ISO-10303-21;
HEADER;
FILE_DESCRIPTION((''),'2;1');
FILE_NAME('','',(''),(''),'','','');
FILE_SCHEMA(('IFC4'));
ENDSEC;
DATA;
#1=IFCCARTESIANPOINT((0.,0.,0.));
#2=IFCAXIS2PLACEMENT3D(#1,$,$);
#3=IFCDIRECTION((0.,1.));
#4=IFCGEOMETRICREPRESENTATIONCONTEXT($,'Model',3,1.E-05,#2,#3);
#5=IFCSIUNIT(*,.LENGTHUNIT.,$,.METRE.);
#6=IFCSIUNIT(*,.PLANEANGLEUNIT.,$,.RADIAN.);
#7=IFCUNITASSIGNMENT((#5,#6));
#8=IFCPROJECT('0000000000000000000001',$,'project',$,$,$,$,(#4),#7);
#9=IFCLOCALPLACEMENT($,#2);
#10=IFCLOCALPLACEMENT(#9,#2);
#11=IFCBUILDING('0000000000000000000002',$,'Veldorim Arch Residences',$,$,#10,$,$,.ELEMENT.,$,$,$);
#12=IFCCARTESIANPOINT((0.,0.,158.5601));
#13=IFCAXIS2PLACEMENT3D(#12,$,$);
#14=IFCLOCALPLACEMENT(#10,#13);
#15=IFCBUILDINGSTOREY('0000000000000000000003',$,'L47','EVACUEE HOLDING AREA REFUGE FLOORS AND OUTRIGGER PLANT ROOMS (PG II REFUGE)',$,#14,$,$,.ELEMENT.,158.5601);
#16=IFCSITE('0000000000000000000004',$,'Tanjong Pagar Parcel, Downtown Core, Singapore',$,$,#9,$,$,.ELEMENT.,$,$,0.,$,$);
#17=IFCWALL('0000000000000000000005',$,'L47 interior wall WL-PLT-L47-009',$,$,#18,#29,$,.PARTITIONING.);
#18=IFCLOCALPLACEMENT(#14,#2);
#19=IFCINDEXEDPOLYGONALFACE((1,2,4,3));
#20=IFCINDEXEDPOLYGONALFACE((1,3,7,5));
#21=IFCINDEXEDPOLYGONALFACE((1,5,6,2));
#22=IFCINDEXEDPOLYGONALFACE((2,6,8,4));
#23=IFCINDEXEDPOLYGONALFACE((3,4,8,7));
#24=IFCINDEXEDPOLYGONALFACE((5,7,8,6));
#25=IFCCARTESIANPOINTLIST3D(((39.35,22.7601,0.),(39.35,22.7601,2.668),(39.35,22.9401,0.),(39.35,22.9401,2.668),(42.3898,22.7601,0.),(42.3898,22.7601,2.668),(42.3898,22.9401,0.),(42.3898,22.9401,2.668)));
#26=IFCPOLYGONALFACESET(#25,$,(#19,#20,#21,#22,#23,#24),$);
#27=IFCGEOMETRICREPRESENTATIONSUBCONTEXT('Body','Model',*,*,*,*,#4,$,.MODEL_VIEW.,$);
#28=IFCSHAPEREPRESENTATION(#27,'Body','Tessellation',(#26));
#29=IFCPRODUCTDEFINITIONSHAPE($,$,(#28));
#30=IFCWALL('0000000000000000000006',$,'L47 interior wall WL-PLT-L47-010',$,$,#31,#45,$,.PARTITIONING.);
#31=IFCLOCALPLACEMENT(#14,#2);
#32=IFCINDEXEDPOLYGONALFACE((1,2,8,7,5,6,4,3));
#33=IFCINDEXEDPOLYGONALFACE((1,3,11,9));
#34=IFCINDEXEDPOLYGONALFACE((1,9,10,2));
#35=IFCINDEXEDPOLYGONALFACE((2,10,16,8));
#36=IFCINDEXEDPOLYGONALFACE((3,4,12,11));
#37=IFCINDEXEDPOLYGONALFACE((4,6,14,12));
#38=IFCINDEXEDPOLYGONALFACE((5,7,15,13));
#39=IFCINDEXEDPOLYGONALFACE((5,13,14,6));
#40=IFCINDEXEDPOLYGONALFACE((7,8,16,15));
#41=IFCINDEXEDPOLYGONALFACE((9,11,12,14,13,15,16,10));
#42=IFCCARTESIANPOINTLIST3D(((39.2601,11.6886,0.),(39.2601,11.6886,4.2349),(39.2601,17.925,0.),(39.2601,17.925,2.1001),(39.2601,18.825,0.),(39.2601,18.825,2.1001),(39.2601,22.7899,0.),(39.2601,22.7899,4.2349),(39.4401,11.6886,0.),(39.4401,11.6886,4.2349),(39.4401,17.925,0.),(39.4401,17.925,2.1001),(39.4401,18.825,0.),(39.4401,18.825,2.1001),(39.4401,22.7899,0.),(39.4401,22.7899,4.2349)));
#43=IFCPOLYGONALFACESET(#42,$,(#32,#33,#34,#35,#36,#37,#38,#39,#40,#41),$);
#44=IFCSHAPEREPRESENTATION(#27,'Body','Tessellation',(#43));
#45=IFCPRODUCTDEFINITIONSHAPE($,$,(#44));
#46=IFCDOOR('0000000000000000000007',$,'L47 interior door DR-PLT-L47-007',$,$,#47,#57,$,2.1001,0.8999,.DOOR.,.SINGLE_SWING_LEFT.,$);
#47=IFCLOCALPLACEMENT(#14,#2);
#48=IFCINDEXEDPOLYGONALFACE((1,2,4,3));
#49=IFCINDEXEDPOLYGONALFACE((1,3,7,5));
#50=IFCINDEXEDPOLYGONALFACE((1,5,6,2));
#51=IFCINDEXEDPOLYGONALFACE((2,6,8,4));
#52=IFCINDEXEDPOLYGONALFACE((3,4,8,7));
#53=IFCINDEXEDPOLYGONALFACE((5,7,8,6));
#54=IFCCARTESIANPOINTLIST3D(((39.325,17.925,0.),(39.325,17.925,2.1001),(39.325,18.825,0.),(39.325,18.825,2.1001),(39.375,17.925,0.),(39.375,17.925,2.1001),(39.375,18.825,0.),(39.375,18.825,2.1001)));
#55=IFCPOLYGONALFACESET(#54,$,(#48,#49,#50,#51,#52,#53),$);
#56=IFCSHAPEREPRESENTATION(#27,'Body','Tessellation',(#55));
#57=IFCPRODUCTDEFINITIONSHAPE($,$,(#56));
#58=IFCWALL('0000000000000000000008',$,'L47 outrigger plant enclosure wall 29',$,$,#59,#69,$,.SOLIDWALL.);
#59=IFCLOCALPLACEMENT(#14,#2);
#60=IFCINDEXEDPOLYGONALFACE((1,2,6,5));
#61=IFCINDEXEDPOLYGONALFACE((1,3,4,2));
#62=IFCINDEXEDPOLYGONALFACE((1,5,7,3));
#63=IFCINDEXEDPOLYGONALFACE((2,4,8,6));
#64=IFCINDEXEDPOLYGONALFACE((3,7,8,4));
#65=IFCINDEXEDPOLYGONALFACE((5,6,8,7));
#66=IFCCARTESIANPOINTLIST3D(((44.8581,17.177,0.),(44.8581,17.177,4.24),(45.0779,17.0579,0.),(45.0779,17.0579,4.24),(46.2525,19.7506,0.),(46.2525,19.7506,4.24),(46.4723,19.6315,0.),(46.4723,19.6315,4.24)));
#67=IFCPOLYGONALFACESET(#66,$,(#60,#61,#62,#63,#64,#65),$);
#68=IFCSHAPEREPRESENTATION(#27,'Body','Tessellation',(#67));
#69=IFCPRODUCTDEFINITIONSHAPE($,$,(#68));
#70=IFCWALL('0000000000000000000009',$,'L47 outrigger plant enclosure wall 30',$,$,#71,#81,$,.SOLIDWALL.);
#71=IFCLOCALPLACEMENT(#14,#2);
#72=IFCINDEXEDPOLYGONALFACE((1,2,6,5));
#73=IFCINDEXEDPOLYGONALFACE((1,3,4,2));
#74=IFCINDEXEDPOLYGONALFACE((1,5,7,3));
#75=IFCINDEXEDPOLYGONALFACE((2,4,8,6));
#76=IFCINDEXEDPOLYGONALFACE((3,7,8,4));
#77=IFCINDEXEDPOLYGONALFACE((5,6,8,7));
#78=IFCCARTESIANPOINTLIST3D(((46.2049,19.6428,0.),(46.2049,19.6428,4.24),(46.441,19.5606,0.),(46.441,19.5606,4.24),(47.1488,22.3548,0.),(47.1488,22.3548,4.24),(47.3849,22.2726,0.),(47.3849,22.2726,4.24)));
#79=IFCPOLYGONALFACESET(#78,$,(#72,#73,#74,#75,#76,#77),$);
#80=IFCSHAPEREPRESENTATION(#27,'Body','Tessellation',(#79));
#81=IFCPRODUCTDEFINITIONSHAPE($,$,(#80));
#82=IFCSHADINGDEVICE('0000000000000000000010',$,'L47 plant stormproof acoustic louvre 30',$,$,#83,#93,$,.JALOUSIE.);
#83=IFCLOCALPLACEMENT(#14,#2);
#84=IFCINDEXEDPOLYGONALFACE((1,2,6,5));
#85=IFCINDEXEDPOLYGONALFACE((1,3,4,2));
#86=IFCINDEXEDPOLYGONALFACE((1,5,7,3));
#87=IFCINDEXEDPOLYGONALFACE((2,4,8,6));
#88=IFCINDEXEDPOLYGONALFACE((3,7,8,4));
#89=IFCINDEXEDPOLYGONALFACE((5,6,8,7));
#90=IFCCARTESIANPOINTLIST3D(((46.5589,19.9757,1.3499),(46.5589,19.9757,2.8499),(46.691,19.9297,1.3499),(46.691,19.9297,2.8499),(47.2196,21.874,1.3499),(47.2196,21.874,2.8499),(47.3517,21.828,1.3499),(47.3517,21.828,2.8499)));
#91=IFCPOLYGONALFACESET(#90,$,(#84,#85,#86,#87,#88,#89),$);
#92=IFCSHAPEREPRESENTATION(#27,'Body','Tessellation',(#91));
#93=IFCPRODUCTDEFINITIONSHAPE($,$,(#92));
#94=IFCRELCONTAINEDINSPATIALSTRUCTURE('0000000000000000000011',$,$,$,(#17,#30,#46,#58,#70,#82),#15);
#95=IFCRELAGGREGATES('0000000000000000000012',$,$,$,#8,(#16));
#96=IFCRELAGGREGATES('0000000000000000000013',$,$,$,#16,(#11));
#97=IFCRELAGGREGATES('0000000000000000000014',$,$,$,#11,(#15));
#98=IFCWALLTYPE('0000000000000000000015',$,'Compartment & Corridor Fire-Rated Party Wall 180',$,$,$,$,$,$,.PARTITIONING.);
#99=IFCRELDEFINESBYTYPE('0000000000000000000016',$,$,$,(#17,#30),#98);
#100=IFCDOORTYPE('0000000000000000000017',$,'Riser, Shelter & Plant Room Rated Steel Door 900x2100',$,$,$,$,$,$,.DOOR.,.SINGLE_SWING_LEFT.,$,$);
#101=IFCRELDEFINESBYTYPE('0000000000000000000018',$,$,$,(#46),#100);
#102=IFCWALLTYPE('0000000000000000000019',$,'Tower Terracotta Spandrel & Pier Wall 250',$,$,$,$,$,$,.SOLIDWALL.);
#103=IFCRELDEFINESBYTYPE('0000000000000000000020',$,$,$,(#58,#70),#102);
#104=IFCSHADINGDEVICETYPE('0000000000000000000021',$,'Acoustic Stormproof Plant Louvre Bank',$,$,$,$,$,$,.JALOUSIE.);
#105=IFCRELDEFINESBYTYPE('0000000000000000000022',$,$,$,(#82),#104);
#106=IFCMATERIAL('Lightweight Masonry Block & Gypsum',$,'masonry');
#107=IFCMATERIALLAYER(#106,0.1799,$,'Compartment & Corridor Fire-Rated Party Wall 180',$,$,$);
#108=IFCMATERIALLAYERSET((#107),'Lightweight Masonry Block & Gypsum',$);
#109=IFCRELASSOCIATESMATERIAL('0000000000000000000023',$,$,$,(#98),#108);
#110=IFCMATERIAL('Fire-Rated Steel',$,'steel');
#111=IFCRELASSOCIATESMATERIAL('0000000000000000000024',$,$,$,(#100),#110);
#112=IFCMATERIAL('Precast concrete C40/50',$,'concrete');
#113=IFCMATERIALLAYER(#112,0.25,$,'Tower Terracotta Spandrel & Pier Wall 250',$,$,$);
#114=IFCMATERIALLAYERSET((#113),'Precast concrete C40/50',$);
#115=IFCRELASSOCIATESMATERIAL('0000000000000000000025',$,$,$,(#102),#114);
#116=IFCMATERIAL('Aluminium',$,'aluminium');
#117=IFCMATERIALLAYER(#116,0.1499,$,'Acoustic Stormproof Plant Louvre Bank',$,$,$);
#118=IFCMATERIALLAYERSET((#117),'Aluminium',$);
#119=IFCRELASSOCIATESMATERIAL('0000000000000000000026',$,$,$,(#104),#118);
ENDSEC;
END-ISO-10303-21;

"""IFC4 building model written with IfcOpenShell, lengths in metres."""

from ifc_helpers import new_model, si_unit, direction, frame, frame_2d, origin, origin_2d, place, context, subcontext, project, spatial, rectangle, extrude, material, layer, layer_set, type_object, element, fill, save


model = new_model("IFC4")

# Units and contexts
model_context = context("Model", 3, precision=1e-05, world=origin(), true_north=direction((0.0, 1.0)))
body_context = subcontext(model_context, "Body", "Model", "MODEL_VIEW")
ifc_project = project(units=[si_unit("LENGTHUNIT", "METRE"), si_unit("PLANEANGLEUNIT", "RADIAN")], contexts=[model_context])

# Site, building, storey
site_placement = place(None, origin())
site = spatial("IfcSite", under=ifc_project, at=site_placement, Name="Tanjong Pagar Parcel, Downtown Core, Singapore", CompositionType="ELEMENT", RefElevation=0.0)
building_placement = place(site_placement, origin())
building = spatial("IfcBuilding", under=site, at=building_placement, Name="Veldorim Arch Residences", CompositionType="ELEMENT")
storey_placement = place(building_placement, frame((0.0, 0.0, 158.5601)))
storey = spatial("IfcBuildingStorey", under=building, at=storey_placement, Name="L47", Description="EVACUEE HOLDING AREA REFUGE FLOORS AND OUTRIGGER PLANT ROOMS (PG II REFUGE)", CompositionType="ELEMENT", Elevation=158.5601)

# Wall
ifc_material_1 = material(Name="Lightweight Masonry Block & Gypsum", Category="masonry")
ifc_layer_1 = layer(ifc_material_1, 0.1799, Name="Compartment & Corridor Fire-Rated Party Wall 180")
ifc_layer_set_1 = layer_set([ifc_layer_1], Name="Lightweight Masonry Block & Gypsum")
wall_type_1 = type_object("IfcWallType", Name="Compartment & Corridor Fire-Rated Party Wall 180", PredefinedType="PARTITIONING", material=ifc_layer_set_1)
wall_1_placement = place(storey_placement, frame((42.3899, 22.8501, 0.0), z_axis=(0.0, 0.0, 1.0), x_axis=(-1.0, 0.0, 0.0)))
element("IfcWall", 1, at=wall_1_placement, inside=storey, type_object=wall_type_1, Name="L47 interior wall WL-PLT-L47-009", PredefinedType="PARTITIONING", context=body_context, shape_type="SweptSolid", body=[
    extrude(rectangle(XDim=3.0398, YDim=0.1799, at=frame_2d((1.52, 0.0))), origin(), (0.0, 0.0, 1.0), 2.668),
])

# Wall, opening, door
wall_2_placement = place(storey_placement, frame((39.3501, 22.79, 0.0), z_axis=(0.0, 0.0, 1.0), x_axis=(0.0, -1.0, 0.0)))
wall_2 = element("IfcWall", 2, at=wall_2_placement, inside=storey, type_object=wall_type_1, Name="L47 interior wall WL-PLT-L47-010", PredefinedType="PARTITIONING", context=body_context, shape_type="SweptSolid", body=[
    extrude(rectangle(XDim=11.1013, YDim=0.1799, at=frame_2d((5.5508, 0.0))), origin(), (0.0, 0.0, 1.0), 4.2349),
])
opening_placement = place(wall_2_placement, frame((3.9651, 0.0, 0.0)))
opening = element("IfcOpeningElement", 3, at=opening_placement, cuts=wall_2, PredefinedType="OPENING", context=body_context, shape_type="SweptSolid", body=[
    extrude(rectangle(XDim=0.8999, YDim=2.1001, at=frame_2d((0.45, 1.05))), frame((0.0, 0.0999, 0.0), z_axis=(0.0, -1.0, 0.0), x_axis=(1.0, 0.0, 0.0)), (0.0, 0.0, 1.0), 0.2),
])
ifc_material_2 = material(Name="Fire-Rated Steel", Category="steel")
door_type = type_object("IfcDoorType", Name="Riser, Shelter & Plant Room Rated Steel Door 900x2100", OperationType="SINGLE_SWING_LEFT", PredefinedType="DOOR", material=ifc_material_2)
door_placement = place(opening_placement, origin())
door = element("IfcDoor", 4, at=door_placement, inside=storey, type_object=door_type, Name="L47 interior door DR-PLT-L47-007", OperationType="SINGLE_SWING_LEFT", OverallHeight=2.1001, OverallWidth=0.8999, PredefinedType="DOOR", context=body_context, shape_type="SweptSolid", body=[
    extrude(rectangle(XDim=0.8999, YDim=2.1001, at=frame_2d((0.45, 1.05))), frame((0.0, 0.0249, 0.0), z_axis=(0.0, -1.0, 0.0), x_axis=(1.0, 0.0, 0.0)), (0.0, 0.0, 1.0), 0.05),
])
fill(opening, door)

# Walls
ifc_material_3 = material(Name="Precast concrete C40/50", Category="concrete")
ifc_layer_2 = layer(ifc_material_3, 0.25, Name="Tower Terracotta Spandrel & Pier Wall 250")
ifc_layer_set_2 = layer_set([ifc_layer_2], Name="Precast concrete C40/50")
wall_type_2 = type_object("IfcWallType", Name="Tower Terracotta Spandrel & Pier Wall 250", PredefinedType="SOLIDWALL", material=ifc_layer_set_2)
wall_3_placement = place(storey_placement, frame((46.3623, 19.6909, 0.0), z_axis=(0.0, 0.0, 1.0), x_axis=(-0.476366, -0.879247, 0.0)))
element("IfcWall", 5, at=wall_3_placement, inside=storey, type_object=wall_type_2, Name="L47 outrigger plant enclosure wall 29", PredefinedType="SOLIDWALL", context=body_context, shape_type="SweptSolid", body=[
    extrude(rectangle(XDim=2.927, YDim=0.25, at=frame_2d((1.4634, 0.0))), origin(), (0.0, 0.0, 1.0), 4.24),
])
wall_4_placement = place(storey_placement, frame((47.2668, 22.3137, 0.0), z_axis=(0.0, 0.0, 1.0), x_axis=(-0.328699, -0.944435, 0.0)))
element("IfcWall", 6, at=wall_4_placement, inside=storey, type_object=wall_type_2, Name="L47 outrigger plant enclosure wall 30", PredefinedType="SOLIDWALL", context=body_context, shape_type="SweptSolid", body=[
    extrude(rectangle(XDim=2.8716, YDim=0.25, at=frame_2d((1.4358, 0.0))), origin(), (0.0, 0.0, 1.0), 4.24),
])

# Shading device
ifc_material_4 = material(Name="Aluminium", Category="aluminium")
ifc_layer_3 = layer(ifc_material_4, 0.1499, Name="Acoustic Stormproof Plant Louvre Bank")
ifc_layer_set_3 = layer_set([ifc_layer_3], Name="Aluminium")
shading_device_type = type_object("IfcShadingDeviceType", Name="Acoustic Stormproof Plant Louvre Bank", PredefinedType="JALOUSIE", material=ifc_layer_set_3)
shading_device_placement = place(storey_placement, frame((46.9553, 20.9019, 1.3499), z_axis=(0.0, 0.0, 1.0), x_axis=(-0.328702, -0.944434, 0.0)))
element("IfcShadingDevice", 7, at=shading_device_placement, inside=storey, type_object=shading_device_type, Name="L47 plant stormproof acoustic louvre 30", PredefinedType="JALOUSIE", context=body_context, shape_type="SweptSolid", body=[
    extrude(rectangle(XDim=2.01, YDim=0.1399, at=origin_2d()), origin(), (0.0, 0.0, 1.0), 1.5),
])

save(model, "model.ifc")
